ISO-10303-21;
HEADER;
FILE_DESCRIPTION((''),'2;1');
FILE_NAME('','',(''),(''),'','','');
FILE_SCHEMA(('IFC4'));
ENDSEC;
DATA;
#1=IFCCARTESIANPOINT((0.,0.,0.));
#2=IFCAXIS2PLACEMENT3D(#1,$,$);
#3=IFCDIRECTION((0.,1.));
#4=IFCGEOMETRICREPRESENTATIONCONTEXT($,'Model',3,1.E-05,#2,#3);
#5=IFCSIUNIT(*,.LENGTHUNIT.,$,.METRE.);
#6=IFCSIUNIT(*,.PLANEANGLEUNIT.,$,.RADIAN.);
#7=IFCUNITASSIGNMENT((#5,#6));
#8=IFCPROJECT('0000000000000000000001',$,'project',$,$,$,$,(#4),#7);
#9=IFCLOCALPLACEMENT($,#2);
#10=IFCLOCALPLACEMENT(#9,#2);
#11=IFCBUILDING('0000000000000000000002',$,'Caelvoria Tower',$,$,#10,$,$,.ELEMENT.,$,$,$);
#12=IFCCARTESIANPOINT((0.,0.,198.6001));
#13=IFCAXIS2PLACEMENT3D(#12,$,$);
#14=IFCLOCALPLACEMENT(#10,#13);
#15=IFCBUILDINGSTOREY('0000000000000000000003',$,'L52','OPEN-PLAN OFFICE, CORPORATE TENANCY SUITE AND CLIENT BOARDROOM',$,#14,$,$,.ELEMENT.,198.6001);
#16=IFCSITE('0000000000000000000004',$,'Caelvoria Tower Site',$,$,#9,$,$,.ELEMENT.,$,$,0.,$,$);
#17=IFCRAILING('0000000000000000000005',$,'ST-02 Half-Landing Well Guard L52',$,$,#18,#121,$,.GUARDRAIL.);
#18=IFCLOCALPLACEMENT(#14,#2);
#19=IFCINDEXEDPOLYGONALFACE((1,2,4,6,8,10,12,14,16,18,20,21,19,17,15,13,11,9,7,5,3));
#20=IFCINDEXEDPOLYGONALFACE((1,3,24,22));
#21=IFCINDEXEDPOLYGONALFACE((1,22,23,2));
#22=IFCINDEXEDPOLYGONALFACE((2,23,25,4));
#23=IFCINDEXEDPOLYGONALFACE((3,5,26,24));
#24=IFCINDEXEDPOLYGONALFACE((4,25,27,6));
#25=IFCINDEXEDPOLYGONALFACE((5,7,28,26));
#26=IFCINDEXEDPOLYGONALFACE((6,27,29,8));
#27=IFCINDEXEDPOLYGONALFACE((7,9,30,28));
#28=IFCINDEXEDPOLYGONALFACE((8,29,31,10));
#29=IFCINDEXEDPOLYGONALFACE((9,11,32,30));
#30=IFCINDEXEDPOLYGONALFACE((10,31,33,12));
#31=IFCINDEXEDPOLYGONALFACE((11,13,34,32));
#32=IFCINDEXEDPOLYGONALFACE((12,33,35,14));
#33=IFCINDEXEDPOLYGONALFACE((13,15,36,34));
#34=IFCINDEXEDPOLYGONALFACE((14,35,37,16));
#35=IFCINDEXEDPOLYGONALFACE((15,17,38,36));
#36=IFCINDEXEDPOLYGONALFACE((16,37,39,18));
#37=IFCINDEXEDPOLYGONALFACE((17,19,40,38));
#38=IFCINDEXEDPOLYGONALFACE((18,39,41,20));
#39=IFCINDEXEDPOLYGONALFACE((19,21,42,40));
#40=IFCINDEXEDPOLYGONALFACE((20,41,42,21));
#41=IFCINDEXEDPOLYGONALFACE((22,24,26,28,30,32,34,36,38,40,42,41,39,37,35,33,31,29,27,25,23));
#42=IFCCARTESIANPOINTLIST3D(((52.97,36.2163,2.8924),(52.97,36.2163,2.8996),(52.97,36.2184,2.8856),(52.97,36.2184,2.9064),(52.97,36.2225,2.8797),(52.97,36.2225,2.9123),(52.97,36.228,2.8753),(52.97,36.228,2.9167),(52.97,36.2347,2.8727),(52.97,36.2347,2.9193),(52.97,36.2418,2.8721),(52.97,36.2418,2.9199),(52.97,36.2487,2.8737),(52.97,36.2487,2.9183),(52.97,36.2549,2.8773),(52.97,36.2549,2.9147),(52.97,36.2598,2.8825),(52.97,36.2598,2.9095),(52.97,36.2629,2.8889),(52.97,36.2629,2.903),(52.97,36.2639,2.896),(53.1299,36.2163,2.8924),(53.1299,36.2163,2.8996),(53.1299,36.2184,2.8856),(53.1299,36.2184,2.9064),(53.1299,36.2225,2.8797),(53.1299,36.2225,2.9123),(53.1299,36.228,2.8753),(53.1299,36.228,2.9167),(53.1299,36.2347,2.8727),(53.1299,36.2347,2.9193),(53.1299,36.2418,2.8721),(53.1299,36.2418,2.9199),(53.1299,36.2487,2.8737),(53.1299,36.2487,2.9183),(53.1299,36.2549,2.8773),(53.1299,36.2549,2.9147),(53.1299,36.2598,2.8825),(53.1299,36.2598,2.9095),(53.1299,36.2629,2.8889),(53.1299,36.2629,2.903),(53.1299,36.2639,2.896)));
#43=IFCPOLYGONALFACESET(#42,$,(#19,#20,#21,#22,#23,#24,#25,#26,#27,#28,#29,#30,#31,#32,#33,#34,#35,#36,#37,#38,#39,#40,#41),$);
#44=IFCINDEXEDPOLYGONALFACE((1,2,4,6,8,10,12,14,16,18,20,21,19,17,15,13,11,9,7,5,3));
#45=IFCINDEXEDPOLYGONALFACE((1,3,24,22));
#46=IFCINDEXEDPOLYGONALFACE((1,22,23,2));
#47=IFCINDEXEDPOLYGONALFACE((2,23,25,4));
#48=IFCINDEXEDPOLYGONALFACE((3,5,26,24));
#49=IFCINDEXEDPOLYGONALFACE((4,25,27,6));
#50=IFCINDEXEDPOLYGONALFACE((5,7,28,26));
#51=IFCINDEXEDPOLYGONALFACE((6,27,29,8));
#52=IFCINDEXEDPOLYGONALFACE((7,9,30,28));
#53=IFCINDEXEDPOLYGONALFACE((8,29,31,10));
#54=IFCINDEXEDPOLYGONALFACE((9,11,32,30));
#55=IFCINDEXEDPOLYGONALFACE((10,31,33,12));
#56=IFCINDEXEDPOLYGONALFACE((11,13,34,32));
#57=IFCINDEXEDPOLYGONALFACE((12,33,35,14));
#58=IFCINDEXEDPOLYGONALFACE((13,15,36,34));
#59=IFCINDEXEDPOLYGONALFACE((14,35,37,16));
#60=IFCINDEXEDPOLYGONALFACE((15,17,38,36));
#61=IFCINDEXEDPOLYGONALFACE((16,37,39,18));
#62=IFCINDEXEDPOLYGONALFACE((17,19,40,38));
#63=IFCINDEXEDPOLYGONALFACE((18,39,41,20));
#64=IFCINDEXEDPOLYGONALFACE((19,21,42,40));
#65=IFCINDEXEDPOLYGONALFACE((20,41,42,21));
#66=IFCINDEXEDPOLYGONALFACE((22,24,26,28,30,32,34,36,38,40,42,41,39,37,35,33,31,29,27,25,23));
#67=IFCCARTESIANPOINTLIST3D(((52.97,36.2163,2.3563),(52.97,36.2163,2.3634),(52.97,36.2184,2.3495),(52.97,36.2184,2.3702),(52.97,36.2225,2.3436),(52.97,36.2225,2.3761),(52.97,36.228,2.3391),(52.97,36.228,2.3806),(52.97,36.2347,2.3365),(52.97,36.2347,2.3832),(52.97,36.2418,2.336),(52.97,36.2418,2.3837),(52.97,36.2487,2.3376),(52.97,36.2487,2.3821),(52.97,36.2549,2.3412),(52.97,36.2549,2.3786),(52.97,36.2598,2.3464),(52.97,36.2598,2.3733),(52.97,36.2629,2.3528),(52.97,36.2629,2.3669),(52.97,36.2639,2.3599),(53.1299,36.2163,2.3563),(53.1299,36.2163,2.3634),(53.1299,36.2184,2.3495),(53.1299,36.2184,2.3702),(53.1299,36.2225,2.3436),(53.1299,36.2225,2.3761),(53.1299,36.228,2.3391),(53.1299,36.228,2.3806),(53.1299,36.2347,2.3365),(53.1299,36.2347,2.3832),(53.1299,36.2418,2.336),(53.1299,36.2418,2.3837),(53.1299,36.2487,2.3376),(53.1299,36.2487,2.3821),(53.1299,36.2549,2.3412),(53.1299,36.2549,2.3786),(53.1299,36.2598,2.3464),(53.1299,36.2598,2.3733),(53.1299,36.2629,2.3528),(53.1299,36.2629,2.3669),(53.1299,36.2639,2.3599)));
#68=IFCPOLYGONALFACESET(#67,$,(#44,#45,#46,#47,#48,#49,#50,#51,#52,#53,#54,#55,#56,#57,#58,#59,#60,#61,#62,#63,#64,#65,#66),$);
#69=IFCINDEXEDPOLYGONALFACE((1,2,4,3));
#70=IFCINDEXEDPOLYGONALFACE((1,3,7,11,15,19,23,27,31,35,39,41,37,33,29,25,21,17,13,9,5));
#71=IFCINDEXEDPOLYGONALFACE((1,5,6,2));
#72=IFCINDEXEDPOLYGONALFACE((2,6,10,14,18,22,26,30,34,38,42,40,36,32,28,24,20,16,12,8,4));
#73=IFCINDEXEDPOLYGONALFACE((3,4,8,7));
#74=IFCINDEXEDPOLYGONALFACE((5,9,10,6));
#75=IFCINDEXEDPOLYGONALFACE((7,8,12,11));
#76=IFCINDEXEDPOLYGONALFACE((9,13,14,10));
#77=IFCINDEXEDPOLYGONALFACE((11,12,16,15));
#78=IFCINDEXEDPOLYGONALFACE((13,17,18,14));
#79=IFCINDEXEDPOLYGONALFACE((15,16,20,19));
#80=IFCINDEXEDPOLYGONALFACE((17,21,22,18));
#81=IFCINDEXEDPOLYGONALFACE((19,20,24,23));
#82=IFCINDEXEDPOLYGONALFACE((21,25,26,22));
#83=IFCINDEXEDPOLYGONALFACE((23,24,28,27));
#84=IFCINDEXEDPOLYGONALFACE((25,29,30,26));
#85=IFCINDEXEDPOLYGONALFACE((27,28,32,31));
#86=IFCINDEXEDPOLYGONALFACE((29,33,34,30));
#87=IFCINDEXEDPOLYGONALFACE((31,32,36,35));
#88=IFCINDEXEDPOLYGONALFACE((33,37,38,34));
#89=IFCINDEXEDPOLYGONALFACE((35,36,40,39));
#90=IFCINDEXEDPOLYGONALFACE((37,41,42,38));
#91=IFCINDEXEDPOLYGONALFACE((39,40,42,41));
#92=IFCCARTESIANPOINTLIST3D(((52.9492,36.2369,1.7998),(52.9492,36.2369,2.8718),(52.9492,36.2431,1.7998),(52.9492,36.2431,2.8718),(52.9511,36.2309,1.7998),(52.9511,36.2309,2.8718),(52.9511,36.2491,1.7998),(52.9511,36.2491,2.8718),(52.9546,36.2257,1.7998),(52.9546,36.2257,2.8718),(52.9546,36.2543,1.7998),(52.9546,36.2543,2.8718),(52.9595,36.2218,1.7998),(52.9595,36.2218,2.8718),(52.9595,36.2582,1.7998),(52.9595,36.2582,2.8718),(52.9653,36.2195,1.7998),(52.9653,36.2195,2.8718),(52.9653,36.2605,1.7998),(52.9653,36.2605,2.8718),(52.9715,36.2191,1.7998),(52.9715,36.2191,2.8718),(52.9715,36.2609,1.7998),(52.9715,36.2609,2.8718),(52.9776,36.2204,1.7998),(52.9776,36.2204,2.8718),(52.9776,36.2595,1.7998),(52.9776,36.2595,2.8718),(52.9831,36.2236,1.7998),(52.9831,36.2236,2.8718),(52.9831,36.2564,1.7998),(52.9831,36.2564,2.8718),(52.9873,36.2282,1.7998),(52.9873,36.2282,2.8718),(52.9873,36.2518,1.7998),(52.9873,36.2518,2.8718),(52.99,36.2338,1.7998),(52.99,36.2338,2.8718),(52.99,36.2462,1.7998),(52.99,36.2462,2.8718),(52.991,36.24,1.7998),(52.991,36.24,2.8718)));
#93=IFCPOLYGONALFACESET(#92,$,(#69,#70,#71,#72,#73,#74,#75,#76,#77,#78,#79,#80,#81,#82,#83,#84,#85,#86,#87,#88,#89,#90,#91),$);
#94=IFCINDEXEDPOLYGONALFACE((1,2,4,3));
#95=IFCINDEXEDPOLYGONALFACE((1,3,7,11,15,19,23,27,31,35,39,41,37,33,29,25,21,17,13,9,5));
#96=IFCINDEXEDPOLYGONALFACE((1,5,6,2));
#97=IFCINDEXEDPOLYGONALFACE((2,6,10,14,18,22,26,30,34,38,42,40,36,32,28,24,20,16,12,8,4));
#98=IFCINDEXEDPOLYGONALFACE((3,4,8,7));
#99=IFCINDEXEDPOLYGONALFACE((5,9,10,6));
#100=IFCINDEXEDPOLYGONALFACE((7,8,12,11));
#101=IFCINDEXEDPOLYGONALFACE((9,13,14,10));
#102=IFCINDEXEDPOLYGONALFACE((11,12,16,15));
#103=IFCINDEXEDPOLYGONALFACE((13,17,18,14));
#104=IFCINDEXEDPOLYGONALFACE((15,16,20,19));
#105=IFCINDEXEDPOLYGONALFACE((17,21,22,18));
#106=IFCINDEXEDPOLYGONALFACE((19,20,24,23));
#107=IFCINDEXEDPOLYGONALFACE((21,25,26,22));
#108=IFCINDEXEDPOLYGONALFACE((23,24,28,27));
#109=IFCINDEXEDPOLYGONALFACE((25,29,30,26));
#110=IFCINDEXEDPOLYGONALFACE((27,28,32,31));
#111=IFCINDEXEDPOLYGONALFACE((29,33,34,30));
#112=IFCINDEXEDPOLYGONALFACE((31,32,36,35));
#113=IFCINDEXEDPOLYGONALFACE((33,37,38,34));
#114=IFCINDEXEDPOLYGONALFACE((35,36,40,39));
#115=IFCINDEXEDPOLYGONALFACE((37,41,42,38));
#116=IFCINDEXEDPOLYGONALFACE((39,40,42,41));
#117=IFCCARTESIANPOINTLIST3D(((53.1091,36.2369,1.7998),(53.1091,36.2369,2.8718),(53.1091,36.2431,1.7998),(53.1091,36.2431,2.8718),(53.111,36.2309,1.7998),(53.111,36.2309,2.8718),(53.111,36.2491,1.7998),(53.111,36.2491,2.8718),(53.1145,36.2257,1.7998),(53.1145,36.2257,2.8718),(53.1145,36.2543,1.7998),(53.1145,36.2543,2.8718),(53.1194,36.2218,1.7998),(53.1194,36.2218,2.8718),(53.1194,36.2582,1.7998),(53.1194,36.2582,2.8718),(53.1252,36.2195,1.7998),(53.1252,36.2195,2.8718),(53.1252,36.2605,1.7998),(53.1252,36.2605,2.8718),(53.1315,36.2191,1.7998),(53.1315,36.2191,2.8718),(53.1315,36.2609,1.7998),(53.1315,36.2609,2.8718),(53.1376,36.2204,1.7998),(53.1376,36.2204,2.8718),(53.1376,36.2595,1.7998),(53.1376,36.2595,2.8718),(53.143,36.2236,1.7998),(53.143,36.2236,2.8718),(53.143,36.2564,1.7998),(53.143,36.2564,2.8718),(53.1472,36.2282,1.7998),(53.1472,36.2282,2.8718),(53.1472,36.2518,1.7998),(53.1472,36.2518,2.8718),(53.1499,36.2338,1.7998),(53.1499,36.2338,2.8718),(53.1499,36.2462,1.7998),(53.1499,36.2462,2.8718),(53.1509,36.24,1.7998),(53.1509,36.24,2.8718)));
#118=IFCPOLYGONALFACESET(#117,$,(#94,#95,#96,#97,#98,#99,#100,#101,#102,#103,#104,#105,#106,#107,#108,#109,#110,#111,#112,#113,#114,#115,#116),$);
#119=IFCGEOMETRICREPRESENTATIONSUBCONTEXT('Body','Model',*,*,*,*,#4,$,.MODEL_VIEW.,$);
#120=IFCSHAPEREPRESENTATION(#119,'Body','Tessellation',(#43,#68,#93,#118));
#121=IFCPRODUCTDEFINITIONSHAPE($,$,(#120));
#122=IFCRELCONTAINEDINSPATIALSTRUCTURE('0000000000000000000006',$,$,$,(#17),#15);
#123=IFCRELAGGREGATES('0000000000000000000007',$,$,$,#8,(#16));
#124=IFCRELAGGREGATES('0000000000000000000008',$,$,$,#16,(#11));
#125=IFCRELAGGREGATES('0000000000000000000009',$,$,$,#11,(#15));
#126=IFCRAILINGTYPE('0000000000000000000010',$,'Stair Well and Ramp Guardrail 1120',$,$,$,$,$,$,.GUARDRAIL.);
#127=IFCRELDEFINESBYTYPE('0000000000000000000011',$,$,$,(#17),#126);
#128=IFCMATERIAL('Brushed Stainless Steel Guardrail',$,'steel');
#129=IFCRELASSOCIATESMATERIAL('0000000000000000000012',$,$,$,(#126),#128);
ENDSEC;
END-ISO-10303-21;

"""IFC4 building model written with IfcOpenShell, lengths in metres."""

from ifc_helpers import new_model, si_unit, direction, frame, origin, origin_2d, place, context, subcontext, project, spatial, circle, extrude, material, type_object, element, save


model = new_model("IFC4")

# Units and contexts
model_context = context("Model", 3, precision=1e-05, world=origin(), true_north=direction((0.0, 1.0)))
body_context = subcontext(model_context, "Body", "Model", "MODEL_VIEW")
ifc_project = project(units=[si_unit("LENGTHUNIT", "METRE"), si_unit("PLANEANGLEUNIT", "RADIAN")], contexts=[model_context])

# Site, building, storey
site_placement = place(None, origin())
site = spatial("IfcSite", under=ifc_project, at=site_placement, Name="Caelvoria Tower Site", CompositionType="ELEMENT", RefElevation=0.0)
building_placement = place(site_placement, origin())
building = spatial("IfcBuilding", under=site, at=building_placement, Name="Caelvoria Tower", CompositionType="ELEMENT")
storey_placement = place(building_placement, frame((0.0, 0.0, 198.6001)))
storey = spatial("IfcBuildingStorey", under=building, at=storey_placement, Name="L52", Description="OPEN-PLAN OFFICE, CORPORATE TENANCY SUITE AND CLIENT BOARDROOM", CompositionType="ELEMENT", Elevation=198.6001)

# Railing
ifc_material_1 = material(Name="Brushed Stainless Steel Guardrail", Category="steel")
railing_type_1 = type_object("IfcRailingType", Name="Stair Well and Ramp Guardrail 1120", PredefinedType="GUARDRAIL", material=ifc_material_1)
railing_1_placement = place(storey_placement, frame((52.97, 36.24, 1.7998)))
element("IfcRailing", 1, at=railing_1_placement, inside=storey, type_object=railing_type_1, Name="ST-02 Half-Landing Well Guard L52", PredefinedType="GUARDRAIL", context=body_context, shape_type="SweptSolid", body=[
    extrude(circle(Radius=0.0239, at=origin_2d()), frame((0.0, 0.0, 1.0962), z_axis=(1.0, 0.0, 0.0), x_axis=(0.0, 1.0, 0.0)), (0.0, 0.0, 1.0), 0.1599),
    extrude(circle(Radius=0.0239, at=origin_2d()), frame((0.0, 0.0, 0.5601), z_axis=(1.0, 0.0, 0.0), x_axis=(0.0, 1.0, 0.0)), (0.0, 0.0, 1.0), 0.1599),
    extrude(circle(Radius=0.021, at=origin_2d()), origin(), (0.0, 0.0, 1.0), 1.072),
    extrude(circle(Radius=0.021, at=origin_2d()), frame((0.1599, 0.0, 0.0)), (0.0, 0.0, 1.0), 1.072),
])

save(model, "model.ifc")
